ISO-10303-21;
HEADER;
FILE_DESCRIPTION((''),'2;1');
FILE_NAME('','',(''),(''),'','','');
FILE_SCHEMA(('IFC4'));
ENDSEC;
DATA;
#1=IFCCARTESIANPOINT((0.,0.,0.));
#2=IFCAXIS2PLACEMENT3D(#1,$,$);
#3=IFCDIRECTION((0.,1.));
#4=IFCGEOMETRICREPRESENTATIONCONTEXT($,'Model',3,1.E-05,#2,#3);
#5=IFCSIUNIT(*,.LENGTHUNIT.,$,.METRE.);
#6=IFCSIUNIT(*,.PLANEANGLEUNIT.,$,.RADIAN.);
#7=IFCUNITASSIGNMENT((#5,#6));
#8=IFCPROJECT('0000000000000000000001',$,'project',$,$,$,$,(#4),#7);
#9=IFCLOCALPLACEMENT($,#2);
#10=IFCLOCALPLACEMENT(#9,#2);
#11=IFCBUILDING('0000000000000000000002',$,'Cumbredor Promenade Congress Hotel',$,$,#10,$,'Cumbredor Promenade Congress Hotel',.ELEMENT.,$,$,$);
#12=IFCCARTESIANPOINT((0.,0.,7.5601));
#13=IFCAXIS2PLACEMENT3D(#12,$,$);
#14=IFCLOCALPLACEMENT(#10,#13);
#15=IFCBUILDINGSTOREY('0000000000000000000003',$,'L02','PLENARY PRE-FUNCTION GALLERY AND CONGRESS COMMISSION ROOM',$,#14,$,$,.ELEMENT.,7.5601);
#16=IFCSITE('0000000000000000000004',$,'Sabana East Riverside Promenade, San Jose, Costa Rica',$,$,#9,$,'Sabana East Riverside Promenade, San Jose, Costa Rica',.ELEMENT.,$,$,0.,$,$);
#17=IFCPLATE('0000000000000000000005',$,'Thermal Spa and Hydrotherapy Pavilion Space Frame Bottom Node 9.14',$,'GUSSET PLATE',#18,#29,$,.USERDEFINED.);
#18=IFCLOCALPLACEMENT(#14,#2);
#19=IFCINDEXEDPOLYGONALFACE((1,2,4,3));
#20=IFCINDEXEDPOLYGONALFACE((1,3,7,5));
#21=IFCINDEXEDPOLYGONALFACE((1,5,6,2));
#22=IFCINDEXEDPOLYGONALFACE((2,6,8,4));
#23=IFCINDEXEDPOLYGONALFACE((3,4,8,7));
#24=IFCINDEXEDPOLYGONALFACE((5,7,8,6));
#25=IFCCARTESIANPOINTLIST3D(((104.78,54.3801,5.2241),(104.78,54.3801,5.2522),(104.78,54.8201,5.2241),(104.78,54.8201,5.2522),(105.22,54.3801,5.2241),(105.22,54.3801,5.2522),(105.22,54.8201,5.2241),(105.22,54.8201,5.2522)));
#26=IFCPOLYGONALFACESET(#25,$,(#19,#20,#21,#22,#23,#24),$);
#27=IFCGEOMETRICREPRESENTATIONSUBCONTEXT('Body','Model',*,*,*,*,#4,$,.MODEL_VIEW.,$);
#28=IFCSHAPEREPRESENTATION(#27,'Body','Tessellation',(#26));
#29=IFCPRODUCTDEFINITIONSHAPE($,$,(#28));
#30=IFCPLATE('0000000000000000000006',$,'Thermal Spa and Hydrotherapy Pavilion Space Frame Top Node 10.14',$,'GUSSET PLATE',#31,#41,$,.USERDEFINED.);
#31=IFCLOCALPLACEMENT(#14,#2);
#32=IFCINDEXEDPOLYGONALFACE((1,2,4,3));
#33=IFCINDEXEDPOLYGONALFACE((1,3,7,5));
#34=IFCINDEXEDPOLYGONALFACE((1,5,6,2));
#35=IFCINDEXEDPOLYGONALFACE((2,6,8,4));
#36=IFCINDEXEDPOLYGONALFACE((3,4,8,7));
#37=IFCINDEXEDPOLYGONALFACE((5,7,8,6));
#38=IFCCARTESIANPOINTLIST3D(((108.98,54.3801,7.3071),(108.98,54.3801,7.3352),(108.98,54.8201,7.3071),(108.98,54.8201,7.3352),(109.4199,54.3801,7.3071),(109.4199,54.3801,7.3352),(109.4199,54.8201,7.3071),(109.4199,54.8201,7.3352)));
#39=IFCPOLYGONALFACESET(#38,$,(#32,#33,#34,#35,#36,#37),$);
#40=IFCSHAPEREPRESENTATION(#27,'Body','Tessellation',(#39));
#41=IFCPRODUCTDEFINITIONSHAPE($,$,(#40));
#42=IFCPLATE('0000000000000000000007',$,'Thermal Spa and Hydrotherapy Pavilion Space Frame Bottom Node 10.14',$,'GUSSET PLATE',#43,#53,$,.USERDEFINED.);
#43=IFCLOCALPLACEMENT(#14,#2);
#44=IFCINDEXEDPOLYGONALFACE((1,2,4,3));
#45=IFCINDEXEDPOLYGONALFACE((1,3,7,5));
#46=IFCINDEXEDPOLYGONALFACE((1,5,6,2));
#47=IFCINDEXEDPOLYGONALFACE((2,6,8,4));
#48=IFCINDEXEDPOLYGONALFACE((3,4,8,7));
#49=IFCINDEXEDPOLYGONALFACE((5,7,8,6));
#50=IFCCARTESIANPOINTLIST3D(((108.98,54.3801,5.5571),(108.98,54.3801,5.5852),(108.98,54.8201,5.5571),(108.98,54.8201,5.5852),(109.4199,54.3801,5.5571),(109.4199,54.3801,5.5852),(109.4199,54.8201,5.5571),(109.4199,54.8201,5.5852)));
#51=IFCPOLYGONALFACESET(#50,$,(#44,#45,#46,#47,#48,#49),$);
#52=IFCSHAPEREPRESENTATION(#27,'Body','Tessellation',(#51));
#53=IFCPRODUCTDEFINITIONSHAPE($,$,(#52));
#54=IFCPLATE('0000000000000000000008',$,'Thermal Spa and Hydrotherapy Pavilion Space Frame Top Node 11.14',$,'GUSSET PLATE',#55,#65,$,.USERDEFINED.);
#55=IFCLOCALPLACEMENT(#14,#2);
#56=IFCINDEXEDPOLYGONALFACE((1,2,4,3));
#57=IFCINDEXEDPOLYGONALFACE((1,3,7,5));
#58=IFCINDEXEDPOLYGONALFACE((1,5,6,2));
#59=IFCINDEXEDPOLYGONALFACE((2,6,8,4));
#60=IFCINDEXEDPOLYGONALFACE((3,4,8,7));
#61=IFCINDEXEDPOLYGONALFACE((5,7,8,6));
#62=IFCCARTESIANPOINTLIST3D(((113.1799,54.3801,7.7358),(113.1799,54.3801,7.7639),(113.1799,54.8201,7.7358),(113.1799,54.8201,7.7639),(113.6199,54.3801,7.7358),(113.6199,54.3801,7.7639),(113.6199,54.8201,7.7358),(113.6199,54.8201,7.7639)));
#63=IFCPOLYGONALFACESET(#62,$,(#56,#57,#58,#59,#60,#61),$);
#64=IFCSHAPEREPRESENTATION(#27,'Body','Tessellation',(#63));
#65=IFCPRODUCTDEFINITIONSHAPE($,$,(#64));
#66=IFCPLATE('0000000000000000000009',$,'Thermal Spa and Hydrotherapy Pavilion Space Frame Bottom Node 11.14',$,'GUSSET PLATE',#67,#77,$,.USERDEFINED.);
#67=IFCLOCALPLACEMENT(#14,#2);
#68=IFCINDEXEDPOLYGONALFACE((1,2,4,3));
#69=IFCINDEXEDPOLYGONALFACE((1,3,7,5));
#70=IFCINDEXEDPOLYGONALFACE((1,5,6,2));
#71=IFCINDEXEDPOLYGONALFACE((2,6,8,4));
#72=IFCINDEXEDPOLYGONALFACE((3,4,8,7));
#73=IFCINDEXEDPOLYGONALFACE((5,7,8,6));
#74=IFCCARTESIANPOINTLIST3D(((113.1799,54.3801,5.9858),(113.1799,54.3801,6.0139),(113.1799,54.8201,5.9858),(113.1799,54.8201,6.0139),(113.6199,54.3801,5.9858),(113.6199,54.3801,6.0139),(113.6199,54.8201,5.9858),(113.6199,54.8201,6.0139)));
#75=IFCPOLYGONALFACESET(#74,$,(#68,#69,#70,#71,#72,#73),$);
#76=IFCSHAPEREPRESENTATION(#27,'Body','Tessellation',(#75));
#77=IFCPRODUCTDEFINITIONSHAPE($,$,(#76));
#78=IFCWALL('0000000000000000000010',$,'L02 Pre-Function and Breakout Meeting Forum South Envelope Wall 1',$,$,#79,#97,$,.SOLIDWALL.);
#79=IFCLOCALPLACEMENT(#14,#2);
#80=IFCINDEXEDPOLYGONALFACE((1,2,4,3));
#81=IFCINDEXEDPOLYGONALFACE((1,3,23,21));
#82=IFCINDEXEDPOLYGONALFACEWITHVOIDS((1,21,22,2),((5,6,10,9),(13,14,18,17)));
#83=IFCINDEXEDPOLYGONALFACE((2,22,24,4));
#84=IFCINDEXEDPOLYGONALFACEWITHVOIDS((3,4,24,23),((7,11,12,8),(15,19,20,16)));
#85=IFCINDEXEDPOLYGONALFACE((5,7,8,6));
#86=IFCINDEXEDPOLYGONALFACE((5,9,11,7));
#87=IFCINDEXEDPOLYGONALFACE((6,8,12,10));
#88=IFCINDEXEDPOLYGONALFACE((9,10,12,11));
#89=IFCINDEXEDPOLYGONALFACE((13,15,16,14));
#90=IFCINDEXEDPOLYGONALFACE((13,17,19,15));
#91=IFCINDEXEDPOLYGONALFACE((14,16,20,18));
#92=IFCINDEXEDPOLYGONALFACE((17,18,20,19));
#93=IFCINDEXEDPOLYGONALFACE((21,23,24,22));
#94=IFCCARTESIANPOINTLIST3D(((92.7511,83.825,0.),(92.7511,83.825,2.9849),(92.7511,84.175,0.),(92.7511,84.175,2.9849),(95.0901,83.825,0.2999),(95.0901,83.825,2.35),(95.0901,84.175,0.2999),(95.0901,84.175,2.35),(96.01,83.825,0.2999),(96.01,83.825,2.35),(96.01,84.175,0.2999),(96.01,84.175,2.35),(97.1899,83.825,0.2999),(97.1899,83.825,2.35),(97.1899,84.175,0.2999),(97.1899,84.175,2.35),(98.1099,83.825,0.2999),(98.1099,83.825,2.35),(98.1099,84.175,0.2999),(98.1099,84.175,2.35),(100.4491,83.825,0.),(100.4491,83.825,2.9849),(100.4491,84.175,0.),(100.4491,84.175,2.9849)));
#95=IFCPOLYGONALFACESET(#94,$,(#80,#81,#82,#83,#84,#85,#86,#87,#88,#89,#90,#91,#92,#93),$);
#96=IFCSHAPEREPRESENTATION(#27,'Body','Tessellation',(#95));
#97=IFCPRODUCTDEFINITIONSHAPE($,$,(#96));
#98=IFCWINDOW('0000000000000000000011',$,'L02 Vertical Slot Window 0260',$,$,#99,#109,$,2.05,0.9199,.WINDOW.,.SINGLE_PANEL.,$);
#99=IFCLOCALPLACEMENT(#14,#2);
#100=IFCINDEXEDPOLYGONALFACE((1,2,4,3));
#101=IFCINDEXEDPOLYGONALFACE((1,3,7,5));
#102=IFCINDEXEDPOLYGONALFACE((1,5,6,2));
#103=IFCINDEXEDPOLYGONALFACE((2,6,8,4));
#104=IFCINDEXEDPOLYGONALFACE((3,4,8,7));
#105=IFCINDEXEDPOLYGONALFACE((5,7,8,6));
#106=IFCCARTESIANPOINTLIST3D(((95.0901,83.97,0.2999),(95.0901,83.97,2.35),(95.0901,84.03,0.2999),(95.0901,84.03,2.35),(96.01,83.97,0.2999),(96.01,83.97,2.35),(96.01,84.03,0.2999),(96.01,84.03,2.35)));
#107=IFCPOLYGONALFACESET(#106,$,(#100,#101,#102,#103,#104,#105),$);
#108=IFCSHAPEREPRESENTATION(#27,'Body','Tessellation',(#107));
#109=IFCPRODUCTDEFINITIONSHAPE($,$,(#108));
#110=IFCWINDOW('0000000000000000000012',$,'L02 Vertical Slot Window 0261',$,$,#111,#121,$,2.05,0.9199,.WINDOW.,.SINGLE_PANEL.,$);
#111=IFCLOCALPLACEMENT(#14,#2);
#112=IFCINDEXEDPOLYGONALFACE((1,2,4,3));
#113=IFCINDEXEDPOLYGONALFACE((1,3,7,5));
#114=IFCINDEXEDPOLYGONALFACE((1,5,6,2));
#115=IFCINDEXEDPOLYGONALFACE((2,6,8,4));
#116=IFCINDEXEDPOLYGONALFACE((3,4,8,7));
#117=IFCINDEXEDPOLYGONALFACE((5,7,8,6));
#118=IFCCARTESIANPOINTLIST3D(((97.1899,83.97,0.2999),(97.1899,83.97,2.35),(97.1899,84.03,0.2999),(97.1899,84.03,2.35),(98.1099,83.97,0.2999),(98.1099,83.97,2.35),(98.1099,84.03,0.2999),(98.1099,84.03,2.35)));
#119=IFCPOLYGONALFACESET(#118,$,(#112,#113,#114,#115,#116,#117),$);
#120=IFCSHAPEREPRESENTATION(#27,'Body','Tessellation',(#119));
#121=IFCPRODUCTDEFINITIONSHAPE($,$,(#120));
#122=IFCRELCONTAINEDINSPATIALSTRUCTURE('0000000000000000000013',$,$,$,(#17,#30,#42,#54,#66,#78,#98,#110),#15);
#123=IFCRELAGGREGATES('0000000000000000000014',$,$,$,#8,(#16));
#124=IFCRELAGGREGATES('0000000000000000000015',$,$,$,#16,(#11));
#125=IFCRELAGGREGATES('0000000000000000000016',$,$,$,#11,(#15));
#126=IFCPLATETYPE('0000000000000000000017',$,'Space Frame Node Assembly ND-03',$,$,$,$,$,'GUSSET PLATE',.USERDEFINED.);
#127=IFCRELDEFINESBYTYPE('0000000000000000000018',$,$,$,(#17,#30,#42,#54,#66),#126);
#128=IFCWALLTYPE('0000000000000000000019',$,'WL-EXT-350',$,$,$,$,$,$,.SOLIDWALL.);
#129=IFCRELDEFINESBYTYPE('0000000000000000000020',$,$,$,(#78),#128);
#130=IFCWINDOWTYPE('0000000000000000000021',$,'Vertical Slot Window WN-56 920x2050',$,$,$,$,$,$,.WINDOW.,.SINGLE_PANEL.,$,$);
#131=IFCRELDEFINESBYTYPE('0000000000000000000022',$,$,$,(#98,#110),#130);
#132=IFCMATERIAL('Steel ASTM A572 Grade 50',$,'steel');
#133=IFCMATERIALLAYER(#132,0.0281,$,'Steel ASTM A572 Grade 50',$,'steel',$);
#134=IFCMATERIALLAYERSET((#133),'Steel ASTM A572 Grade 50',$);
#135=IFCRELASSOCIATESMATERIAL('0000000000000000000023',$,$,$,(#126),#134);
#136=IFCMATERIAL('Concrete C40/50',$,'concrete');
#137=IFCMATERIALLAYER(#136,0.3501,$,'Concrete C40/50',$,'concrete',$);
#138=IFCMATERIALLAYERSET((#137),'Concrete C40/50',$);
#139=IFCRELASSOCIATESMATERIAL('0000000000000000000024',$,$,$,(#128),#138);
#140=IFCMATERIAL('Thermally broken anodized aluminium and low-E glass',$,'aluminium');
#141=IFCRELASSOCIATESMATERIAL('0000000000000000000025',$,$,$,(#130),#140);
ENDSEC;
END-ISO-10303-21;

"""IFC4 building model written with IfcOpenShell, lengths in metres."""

from ifc_helpers import new_model, si_unit, direction, frame, frame_2d, origin, origin_2d, place, context, subcontext, project, spatial, rectangle, extrude, material, layer, layer_set, type_object, element, fill, save


model = new_model("IFC4")

# Units and contexts
model_context = context("Model", 3, precision=1e-05, world=origin(), true_north=direction((0.0, 1.0)))
body_context = subcontext(model_context, "Body", "Model", "MODEL_VIEW")
ifc_project = project(units=[si_unit("LENGTHUNIT", "METRE"), si_unit("PLANEANGLEUNIT", "RADIAN")], contexts=[model_context])

# Site, building, storey
site_placement = place(None, origin())
site = spatial("IfcSite", under=ifc_project, at=site_placement, Name="Sabana East Riverside Promenade, San Jose, Costa Rica", LongName="Sabana East Riverside Promenade, San Jose, Costa Rica", CompositionType="ELEMENT", RefElevation=0.0)
building_placement = place(site_placement, origin())
building = spatial("IfcBuilding", under=site, at=building_placement, Name="Cumbredor Promenade Congress Hotel", LongName="Cumbredor Promenade Congress Hotel", CompositionType="ELEMENT")
storey_placement = place(building_placement, frame((0.0, 0.0, 7.5601)))
storey = spatial("IfcBuildingStorey", under=building, at=storey_placement, Name="L02", Description="PLENARY PRE-FUNCTION GALLERY AND CONGRESS COMMISSION ROOM", CompositionType="ELEMENT", Elevation=7.5601)

# Shared definitions
ifc_material_1 = material(Name="Concrete C40/50", Category="concrete")

# Shared definitions
ifc_material_2 = material(Name="Thermally broken anodized aluminium and low-E glass", Category="aluminium")

# Plates
ifc_material_3 = material(Name="Steel ASTM A572 Grade 50", Category="steel")
ifc_layer_1 = layer(ifc_material_3, 0.0281, Name="Steel ASTM A572 Grade 50", Category="steel")
ifc_layer_set_1 = layer_set([ifc_layer_1], Name="Steel ASTM A572 Grade 50")
plate_type_1 = type_object("IfcPlateType", Name="Space Frame Node Assembly ND-03", ElementType="GUSSET PLATE", PredefinedType="USERDEFINED", material=ifc_layer_set_1)
for number, where, z_axis, x_axis, name in (
    (1, (105.0, 54.6001, 5.2241), (0.0, 0.0, 1.0), (1.0, 0.0, 0.0), "Thermal Spa and Hydrotherapy Pavilion Space Frame Bottom Node 9.14"),
    (2, (109.2, 54.6001, 7.3071), (0.0, 0.0, 1.0), (1.0, 0.0, 0.0), "Thermal Spa and Hydrotherapy Pavilion Space Frame Top Node 10.14"),
    (3, (109.2, 54.6001, 5.5571), (0.0, 0.0, 1.0), (1.0, 0.0, 0.0), "Thermal Spa and Hydrotherapy Pavilion Space Frame Bottom Node 10.14"),
    (4, (113.3999, 54.6001, 7.7358), (0.0, 0.0, 1.0), (1.0, 0.0, 0.0), "Thermal Spa and Hydrotherapy Pavilion Space Frame Top Node 11.14"),
    (5, (113.3999, 54.6001, 5.9858), (0.0, 0.0, 1.0), (1.0, 0.0, 0.0), "Thermal Spa and Hydrotherapy Pavilion Space Frame Bottom Node 11.14"),
):
    element("IfcPlate", number, at=place(storey_placement, frame(where, z_axis=z_axis, x_axis=x_axis)), inside=storey, type_object=plate_type_1, Name=name, ObjectType="GUSSET PLATE", PredefinedType="USERDEFINED", context=body_context, shape_type="SweptSolid", body=[
        extrude(rectangle(XDim=0.4399, YDim=0.4399, at=origin_2d()), origin(), (0.0, 0.0, 1.0), 0.0281),
    ])

# Wall, openings, windows
ifc_layer_2 = layer(ifc_material_1, 0.3501, Name="Concrete C40/50", Category="concrete")
ifc_layer_set_2 = layer_set([ifc_layer_2], Name="Concrete C40/50")
wall_type = type_object("IfcWallType", Name="WL-EXT-350", PredefinedType="SOLIDWALL", material=ifc_layer_set_2)
wall_placement = place(storey_placement, frame((92.751, 84.0, 0.0), z_axis=(0.0, 0.0, 1.0), x_axis=(1.0, 0.0, 0.0)))
wall = element("IfcWall", 6, at=wall_placement, inside=storey, type_object=wall_type, Name="L02 Pre-Function and Breakout Meeting Forum South Envelope Wall 1", PredefinedType="SOLIDWALL", context=body_context, shape_type="SweptSolid", body=[
    extrude(rectangle(XDim=7.698, YDim=0.3501, at=frame_2d((3.8491, 0.0))), origin(), (0.0, 0.0, 1.0), 2.9849),
])
opening_1_placement = place(wall_placement, frame((2.3391, 0.0, 0.3)))
opening_1 = element("IfcOpeningElement", 7, at=opening_1_placement, cuts=wall, PredefinedType="OPENING", context=body_context, shape_type="SweptSolid", body=[
    extrude(rectangle(XDim=0.9199, YDim=2.05, at=frame_2d((0.46, 1.0249))), frame((0.0, 0.1851, 0.0), z_axis=(0.0, -1.0, 0.0), x_axis=(1.0, 0.0, 0.0)), (0.0, 0.0, 1.0), 0.3701),
])
opening_2_placement = place(wall_placement, frame((4.439, 0.0, 0.3)))
opening_2 = element("IfcOpeningElement", 8, at=opening_2_placement, cuts=wall, PredefinedType="OPENING", context=body_context, shape_type="SweptSolid", body=[
    extrude(rectangle(XDim=0.9199, YDim=2.05, at=frame_2d((0.46, 1.0249))), frame((0.0, 0.1851, 0.0), z_axis=(0.0, -1.0, 0.0), x_axis=(1.0, 0.0, 0.0)), (0.0, 0.0, 1.0), 0.3701),
])
window_type = type_object("IfcWindowType", Name="Vertical Slot Window WN-56 920x2050", PartitioningType="SINGLE_PANEL", PredefinedType="WINDOW", material=ifc_material_2)
window_1_placement = place(opening_1_placement, origin())
window_1 = element("IfcWindow", 9, at=window_1_placement, inside=storey, type_object=window_type, Name="L02 Vertical Slot Window 0260", OverallHeight=2.05, OverallWidth=0.9199, PartitioningType="SINGLE_PANEL", PredefinedType="WINDOW", context=body_context, shape_type="SweptSolid", body=[
    extrude(rectangle(XDim=0.9199, YDim=2.05, at=frame_2d((0.46, 1.0249))), frame((0.0, 0.03, 0.0), z_axis=(0.0, -1.0, 0.0), x_axis=(1.0, 0.0, 0.0)), (0.0, 0.0, 1.0), 0.0601),
])
fill(opening_1, window_1)
window_2_placement = place(opening_2_placement, origin())
window_2 = element("IfcWindow", 10, at=window_2_placement, inside=storey, type_object=window_type, Name="L02 Vertical Slot Window 0261", OverallHeight=2.05, OverallWidth=0.9199, PartitioningType="SINGLE_PANEL", PredefinedType="WINDOW", context=body_context, shape_type="SweptSolid", body=[
    extrude(rectangle(XDim=0.9199, YDim=2.05, at=frame_2d((0.46, 1.0249))), frame((0.0, 0.03, 0.0), z_axis=(0.0, -1.0, 0.0), x_axis=(1.0, 0.0, 0.0)), (0.0, 0.0, 1.0), 0.0601),
])
fill(opening_2, window_2)

save(model, "model.ifc")
